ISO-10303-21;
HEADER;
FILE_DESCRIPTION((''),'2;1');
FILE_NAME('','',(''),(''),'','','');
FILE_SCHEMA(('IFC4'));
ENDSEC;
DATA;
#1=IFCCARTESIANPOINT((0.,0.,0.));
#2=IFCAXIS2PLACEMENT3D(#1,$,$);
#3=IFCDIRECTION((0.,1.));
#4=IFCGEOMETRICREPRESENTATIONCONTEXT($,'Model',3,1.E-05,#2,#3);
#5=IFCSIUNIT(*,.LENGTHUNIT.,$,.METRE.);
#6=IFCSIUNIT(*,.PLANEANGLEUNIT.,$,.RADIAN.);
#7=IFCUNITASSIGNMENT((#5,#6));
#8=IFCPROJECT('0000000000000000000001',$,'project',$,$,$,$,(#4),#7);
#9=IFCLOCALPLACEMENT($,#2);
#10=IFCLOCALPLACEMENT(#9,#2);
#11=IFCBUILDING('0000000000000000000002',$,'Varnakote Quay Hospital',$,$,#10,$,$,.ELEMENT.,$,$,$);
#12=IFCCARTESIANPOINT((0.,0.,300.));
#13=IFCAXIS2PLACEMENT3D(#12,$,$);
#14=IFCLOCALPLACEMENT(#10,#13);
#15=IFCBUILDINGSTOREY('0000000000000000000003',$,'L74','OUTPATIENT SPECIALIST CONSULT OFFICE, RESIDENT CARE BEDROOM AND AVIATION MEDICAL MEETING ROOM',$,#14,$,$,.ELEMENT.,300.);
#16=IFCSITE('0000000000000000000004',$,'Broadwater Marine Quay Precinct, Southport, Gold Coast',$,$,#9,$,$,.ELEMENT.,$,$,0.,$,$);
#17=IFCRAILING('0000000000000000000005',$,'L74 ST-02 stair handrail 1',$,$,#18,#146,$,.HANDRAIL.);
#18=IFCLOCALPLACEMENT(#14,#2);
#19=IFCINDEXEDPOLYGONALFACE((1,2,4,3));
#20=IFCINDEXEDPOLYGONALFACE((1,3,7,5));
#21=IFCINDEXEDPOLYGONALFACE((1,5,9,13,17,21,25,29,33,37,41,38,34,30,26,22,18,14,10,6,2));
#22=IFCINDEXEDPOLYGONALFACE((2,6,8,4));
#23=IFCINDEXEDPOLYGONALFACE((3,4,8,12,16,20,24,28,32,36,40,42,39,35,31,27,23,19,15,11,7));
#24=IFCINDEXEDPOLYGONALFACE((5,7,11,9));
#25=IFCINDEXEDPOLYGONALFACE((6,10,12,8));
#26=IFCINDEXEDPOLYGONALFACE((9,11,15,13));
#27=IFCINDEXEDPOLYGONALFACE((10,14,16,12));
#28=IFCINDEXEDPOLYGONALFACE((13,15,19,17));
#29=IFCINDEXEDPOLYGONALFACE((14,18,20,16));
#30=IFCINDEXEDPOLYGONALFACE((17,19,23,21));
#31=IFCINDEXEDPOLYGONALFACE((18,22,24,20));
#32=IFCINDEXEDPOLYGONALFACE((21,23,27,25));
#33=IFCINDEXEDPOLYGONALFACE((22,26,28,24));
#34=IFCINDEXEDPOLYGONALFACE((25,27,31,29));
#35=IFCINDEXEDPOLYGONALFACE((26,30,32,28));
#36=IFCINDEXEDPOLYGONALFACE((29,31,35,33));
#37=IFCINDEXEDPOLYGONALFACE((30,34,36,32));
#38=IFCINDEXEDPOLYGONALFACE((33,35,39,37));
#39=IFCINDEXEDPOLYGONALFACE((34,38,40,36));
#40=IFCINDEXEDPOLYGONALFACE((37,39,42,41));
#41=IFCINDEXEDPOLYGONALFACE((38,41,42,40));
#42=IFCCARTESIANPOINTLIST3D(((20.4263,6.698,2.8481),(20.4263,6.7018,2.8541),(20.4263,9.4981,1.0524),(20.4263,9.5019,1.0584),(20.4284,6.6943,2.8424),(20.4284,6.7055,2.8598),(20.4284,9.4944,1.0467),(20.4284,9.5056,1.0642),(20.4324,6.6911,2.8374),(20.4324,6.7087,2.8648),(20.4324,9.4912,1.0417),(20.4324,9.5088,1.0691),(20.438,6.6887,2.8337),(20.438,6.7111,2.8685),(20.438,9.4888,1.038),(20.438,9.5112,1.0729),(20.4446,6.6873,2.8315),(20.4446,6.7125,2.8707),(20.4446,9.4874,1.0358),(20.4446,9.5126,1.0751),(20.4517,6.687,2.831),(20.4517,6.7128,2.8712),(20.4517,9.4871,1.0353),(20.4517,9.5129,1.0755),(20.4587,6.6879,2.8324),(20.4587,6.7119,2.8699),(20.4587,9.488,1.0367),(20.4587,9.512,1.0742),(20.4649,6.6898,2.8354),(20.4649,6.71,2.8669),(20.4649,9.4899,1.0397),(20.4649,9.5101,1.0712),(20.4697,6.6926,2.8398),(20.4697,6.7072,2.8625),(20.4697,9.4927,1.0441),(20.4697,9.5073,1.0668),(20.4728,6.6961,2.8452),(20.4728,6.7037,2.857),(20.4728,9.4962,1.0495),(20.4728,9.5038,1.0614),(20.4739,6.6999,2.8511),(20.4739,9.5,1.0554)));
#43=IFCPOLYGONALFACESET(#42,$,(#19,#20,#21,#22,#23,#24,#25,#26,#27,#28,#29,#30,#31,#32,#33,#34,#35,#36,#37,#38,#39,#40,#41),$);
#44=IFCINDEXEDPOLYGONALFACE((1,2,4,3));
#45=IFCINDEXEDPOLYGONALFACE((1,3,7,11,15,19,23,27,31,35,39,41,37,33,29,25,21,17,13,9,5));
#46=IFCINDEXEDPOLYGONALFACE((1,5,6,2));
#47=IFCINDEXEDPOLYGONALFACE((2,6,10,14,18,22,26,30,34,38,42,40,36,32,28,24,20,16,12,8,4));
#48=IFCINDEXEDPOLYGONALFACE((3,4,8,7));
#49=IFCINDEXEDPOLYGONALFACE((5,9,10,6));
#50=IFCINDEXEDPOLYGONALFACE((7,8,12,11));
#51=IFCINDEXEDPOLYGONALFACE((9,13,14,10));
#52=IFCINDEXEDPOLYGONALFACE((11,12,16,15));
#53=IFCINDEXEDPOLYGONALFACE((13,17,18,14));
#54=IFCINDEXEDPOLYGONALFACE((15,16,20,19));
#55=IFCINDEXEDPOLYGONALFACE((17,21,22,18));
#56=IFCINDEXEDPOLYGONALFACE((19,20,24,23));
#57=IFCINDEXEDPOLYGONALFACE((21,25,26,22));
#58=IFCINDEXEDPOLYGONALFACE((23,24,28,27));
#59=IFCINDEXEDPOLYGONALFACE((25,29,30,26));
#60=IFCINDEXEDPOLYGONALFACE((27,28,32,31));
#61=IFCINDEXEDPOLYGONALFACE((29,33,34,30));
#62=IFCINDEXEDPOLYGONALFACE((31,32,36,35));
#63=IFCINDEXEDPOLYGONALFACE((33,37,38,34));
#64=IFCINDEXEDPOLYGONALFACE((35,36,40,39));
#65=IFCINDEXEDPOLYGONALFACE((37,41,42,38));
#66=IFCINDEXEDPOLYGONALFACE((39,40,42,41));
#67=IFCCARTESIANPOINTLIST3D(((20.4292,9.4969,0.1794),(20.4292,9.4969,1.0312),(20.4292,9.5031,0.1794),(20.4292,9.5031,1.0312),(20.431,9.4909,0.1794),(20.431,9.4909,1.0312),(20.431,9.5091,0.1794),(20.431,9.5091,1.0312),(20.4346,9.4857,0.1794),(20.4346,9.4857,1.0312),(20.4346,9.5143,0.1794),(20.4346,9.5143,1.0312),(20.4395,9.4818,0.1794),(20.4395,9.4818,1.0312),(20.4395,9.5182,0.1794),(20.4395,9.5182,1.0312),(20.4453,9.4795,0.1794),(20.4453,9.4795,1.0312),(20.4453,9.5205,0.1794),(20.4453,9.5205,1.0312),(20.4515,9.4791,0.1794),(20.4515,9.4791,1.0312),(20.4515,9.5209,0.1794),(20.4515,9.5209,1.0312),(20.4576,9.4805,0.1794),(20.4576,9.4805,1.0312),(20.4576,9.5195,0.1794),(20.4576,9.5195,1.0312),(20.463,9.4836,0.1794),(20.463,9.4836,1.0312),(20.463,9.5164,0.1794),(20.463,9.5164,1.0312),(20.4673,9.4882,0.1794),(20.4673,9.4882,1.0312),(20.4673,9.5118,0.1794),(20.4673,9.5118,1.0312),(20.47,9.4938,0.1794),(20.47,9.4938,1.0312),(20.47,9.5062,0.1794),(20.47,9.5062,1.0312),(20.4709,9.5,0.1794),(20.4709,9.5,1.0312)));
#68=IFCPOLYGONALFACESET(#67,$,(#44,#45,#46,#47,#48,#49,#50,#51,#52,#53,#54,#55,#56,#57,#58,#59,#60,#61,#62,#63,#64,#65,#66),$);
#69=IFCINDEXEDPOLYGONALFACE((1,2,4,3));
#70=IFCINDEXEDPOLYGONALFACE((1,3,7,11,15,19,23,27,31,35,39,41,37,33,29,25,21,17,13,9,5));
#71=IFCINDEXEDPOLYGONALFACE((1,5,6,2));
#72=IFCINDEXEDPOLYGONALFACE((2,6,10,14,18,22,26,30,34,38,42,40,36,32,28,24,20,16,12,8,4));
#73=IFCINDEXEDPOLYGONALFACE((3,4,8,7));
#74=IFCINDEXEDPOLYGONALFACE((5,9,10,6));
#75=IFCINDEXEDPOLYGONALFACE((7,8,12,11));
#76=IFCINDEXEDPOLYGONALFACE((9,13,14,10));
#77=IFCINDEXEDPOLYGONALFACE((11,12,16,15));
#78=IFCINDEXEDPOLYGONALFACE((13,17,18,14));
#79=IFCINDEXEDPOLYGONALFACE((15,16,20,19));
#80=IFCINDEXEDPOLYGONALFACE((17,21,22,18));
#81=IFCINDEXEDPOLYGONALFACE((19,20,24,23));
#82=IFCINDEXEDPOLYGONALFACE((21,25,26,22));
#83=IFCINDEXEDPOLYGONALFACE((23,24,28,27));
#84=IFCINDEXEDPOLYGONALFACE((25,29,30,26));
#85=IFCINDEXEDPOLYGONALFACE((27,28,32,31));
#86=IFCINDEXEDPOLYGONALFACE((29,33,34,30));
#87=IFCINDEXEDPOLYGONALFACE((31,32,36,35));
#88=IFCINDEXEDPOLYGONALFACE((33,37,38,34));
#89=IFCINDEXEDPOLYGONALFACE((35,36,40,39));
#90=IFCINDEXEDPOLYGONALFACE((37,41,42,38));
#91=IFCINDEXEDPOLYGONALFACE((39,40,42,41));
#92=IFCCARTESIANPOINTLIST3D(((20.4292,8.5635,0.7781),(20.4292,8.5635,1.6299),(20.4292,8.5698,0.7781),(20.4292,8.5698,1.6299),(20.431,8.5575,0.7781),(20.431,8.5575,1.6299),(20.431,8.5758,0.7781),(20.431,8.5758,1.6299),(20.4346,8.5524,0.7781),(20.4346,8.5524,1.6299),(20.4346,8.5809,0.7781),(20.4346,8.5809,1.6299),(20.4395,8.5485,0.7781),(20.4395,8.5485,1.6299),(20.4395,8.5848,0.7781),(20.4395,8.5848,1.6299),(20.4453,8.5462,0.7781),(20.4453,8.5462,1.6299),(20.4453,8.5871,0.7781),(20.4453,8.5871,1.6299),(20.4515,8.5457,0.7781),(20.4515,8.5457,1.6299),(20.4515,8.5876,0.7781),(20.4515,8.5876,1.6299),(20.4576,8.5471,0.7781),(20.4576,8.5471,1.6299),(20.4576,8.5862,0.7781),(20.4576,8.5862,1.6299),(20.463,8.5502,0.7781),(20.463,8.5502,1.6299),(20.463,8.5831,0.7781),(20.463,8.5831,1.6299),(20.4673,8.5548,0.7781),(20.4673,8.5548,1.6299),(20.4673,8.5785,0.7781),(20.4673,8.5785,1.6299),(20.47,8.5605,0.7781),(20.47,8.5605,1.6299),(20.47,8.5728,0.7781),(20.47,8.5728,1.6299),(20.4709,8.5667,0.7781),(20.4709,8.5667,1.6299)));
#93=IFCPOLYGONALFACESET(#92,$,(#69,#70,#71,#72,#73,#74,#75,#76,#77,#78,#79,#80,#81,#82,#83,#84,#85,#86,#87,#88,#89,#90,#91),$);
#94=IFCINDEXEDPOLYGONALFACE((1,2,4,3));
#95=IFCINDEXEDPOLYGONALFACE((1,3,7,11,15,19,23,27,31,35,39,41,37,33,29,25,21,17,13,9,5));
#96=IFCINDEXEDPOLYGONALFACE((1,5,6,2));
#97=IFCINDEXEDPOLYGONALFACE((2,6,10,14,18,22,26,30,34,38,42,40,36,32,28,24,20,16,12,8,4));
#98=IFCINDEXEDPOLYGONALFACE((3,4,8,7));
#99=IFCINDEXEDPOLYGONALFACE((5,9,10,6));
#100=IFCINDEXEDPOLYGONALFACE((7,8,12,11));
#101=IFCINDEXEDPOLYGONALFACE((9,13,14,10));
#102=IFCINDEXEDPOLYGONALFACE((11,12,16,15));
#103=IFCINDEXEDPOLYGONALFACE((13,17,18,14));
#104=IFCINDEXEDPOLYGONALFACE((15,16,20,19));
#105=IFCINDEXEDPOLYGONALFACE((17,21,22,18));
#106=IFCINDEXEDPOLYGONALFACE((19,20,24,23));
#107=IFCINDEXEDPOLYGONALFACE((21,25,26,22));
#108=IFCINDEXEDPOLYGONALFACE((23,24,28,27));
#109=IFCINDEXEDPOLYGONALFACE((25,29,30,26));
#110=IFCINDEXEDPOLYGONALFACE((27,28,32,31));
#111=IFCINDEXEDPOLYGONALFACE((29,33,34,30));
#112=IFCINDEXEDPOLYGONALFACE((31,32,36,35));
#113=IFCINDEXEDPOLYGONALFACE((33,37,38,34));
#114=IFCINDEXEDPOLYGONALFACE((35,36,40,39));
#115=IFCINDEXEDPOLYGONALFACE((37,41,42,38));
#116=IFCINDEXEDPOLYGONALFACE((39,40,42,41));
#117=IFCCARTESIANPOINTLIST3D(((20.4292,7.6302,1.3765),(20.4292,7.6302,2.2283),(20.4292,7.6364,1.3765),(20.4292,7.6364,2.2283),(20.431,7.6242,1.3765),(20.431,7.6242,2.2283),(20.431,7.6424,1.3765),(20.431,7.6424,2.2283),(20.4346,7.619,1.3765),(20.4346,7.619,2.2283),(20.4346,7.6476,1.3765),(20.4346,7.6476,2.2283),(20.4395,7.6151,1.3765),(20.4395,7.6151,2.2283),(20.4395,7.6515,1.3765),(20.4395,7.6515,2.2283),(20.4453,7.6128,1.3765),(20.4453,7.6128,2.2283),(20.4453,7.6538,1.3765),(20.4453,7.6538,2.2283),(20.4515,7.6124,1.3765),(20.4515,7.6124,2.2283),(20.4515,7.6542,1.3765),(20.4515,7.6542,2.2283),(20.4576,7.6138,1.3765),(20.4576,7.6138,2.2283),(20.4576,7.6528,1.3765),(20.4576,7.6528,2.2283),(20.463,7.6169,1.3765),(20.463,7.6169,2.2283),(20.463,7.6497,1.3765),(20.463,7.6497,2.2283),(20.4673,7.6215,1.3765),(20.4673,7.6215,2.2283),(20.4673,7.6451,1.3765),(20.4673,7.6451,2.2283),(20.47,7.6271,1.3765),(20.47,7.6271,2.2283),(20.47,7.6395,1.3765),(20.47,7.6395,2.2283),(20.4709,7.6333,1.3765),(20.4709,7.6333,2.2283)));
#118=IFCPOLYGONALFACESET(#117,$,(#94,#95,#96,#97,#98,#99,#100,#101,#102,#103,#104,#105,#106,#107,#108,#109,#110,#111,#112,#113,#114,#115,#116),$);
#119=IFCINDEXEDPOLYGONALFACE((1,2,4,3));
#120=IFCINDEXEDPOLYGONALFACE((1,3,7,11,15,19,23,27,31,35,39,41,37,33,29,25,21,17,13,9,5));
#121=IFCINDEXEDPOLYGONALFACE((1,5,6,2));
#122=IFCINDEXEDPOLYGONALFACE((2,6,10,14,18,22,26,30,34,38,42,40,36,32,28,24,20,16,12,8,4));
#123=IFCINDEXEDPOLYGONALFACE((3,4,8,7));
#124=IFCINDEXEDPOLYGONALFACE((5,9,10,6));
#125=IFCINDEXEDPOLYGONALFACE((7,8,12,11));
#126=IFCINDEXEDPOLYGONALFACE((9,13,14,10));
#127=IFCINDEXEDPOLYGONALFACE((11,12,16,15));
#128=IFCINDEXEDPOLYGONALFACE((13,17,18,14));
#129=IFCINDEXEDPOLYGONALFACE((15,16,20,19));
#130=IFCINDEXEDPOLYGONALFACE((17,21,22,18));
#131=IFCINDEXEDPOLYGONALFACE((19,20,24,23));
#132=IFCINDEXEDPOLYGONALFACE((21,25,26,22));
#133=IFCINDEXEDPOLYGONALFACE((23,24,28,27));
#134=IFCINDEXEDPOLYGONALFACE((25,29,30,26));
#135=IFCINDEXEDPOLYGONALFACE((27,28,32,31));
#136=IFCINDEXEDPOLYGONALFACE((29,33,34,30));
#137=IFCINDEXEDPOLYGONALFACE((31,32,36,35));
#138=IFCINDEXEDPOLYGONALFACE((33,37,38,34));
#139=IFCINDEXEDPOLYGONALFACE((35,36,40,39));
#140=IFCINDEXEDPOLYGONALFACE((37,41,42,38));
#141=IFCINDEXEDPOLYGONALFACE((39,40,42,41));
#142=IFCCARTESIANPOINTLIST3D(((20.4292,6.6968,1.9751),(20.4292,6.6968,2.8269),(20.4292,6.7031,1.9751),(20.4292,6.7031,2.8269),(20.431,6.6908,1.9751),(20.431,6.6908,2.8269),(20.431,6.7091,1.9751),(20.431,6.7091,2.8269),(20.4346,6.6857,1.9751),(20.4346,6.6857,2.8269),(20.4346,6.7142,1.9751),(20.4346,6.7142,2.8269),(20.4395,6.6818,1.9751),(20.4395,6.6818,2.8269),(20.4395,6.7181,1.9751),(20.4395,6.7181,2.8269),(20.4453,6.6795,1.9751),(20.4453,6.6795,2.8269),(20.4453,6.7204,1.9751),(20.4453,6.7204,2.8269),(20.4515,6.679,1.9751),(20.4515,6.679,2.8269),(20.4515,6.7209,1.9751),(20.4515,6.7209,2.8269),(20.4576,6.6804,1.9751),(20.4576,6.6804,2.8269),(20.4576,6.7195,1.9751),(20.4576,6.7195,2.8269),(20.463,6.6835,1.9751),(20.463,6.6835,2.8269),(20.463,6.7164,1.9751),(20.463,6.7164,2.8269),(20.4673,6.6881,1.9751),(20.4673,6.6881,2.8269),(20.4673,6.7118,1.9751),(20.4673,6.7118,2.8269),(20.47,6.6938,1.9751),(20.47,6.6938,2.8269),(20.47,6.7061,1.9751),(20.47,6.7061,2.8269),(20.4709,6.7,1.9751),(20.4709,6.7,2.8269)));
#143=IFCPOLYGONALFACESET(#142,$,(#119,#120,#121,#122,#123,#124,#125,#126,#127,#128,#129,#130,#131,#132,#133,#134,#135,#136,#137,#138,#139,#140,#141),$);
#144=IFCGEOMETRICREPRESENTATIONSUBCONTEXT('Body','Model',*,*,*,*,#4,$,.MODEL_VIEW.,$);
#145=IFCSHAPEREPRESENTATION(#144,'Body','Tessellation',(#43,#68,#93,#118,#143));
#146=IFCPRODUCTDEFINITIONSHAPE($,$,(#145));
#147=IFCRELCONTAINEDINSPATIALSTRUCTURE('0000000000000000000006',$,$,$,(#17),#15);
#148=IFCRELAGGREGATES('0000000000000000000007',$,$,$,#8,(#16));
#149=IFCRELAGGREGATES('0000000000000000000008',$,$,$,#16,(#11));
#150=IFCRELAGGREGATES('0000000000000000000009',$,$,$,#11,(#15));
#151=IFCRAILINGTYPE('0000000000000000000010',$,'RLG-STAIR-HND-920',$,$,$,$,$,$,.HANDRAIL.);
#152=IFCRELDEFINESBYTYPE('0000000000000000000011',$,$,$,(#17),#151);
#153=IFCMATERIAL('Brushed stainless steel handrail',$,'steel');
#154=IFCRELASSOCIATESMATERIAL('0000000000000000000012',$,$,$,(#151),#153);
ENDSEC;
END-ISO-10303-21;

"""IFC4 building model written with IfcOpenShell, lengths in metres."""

from ifc_helpers import new_model, si_unit, direction, frame, origin, origin_2d, place, context, subcontext, project, spatial, circle, extrude, material, type_object, element, save


model = new_model("IFC4")

# Units and contexts
model_context = context("Model", 3, precision=1e-05, world=origin(), true_north=direction((0.0, 1.0)))
body_context = subcontext(model_context, "Body", "Model", "MODEL_VIEW")
ifc_project = project(units=[si_unit("LENGTHUNIT", "METRE"), si_unit("PLANEANGLEUNIT", "RADIAN")], contexts=[model_context])

# Site, building, storey
site_placement = place(None, origin())
site = spatial("IfcSite", under=ifc_project, at=site_placement, Name="Broadwater Marine Quay Precinct, Southport, Gold Coast", CompositionType="ELEMENT", RefElevation=0.0)
building_placement = place(site_placement, origin())
building = spatial("IfcBuilding", under=site, at=building_placement, Name="Varnakote Quay Hospital", CompositionType="ELEMENT")
storey_placement = place(building_placement, frame((0.0, 0.0, 300.0)))
storey = spatial("IfcBuildingStorey", under=building, at=storey_placement, Name="L74", Description="OUTPATIENT SPECIALIST CONSULT OFFICE, RESIDENT CARE BEDROOM AND AVIATION MEDICAL MEETING ROOM", CompositionType="ELEMENT", Elevation=300.0)

# Railing
ifc_material_1 = material(Name="Brushed stainless steel handrail", Category="steel")
railing_type_1 = type_object("IfcRailingType", Name="RLG-STAIR-HND-920", PredefinedType="HANDRAIL", material=ifc_material_1)
railing_1_placement = place(storey_placement, frame((20.45, 9.5, 0.1794)))
element("IfcRailing", 1, at=railing_1_placement, inside=storey, type_object=railing_type_1, Name="L74 ST-02 stair handrail 1", PredefinedType="HANDRAIL", context=body_context, shape_type="SweptSolid", body=[
    extrude(circle(Radius=0.0239, at=origin_2d()), frame((0.0, 0.0, 0.876), z_axis=(0.0, -0.841777, 0.539826), x_axis=(1.0, 0.0, 0.0)), (0.0, 0.0, 1.0), 3.3264),
    extrude(circle(Radius=0.021, at=origin_2d()), origin(), (0.0, 0.0, 1.0), 0.8518),
    extrude(circle(Radius=0.021, at=origin_2d()), frame((0.0, -0.9333, 0.5986)), (0.0, 0.0, 1.0), 0.8518),
    extrude(circle(Radius=0.021, at=origin_2d()), frame((0.0, -1.8667, 1.197)), (0.0, 0.0, 1.0), 0.8518),
    extrude(circle(Radius=0.021, at=origin_2d()), frame((0.0, -2.8, 1.7957)), (0.0, 0.0, 1.0), 0.8518),
])

save(model, "model.ifc")
